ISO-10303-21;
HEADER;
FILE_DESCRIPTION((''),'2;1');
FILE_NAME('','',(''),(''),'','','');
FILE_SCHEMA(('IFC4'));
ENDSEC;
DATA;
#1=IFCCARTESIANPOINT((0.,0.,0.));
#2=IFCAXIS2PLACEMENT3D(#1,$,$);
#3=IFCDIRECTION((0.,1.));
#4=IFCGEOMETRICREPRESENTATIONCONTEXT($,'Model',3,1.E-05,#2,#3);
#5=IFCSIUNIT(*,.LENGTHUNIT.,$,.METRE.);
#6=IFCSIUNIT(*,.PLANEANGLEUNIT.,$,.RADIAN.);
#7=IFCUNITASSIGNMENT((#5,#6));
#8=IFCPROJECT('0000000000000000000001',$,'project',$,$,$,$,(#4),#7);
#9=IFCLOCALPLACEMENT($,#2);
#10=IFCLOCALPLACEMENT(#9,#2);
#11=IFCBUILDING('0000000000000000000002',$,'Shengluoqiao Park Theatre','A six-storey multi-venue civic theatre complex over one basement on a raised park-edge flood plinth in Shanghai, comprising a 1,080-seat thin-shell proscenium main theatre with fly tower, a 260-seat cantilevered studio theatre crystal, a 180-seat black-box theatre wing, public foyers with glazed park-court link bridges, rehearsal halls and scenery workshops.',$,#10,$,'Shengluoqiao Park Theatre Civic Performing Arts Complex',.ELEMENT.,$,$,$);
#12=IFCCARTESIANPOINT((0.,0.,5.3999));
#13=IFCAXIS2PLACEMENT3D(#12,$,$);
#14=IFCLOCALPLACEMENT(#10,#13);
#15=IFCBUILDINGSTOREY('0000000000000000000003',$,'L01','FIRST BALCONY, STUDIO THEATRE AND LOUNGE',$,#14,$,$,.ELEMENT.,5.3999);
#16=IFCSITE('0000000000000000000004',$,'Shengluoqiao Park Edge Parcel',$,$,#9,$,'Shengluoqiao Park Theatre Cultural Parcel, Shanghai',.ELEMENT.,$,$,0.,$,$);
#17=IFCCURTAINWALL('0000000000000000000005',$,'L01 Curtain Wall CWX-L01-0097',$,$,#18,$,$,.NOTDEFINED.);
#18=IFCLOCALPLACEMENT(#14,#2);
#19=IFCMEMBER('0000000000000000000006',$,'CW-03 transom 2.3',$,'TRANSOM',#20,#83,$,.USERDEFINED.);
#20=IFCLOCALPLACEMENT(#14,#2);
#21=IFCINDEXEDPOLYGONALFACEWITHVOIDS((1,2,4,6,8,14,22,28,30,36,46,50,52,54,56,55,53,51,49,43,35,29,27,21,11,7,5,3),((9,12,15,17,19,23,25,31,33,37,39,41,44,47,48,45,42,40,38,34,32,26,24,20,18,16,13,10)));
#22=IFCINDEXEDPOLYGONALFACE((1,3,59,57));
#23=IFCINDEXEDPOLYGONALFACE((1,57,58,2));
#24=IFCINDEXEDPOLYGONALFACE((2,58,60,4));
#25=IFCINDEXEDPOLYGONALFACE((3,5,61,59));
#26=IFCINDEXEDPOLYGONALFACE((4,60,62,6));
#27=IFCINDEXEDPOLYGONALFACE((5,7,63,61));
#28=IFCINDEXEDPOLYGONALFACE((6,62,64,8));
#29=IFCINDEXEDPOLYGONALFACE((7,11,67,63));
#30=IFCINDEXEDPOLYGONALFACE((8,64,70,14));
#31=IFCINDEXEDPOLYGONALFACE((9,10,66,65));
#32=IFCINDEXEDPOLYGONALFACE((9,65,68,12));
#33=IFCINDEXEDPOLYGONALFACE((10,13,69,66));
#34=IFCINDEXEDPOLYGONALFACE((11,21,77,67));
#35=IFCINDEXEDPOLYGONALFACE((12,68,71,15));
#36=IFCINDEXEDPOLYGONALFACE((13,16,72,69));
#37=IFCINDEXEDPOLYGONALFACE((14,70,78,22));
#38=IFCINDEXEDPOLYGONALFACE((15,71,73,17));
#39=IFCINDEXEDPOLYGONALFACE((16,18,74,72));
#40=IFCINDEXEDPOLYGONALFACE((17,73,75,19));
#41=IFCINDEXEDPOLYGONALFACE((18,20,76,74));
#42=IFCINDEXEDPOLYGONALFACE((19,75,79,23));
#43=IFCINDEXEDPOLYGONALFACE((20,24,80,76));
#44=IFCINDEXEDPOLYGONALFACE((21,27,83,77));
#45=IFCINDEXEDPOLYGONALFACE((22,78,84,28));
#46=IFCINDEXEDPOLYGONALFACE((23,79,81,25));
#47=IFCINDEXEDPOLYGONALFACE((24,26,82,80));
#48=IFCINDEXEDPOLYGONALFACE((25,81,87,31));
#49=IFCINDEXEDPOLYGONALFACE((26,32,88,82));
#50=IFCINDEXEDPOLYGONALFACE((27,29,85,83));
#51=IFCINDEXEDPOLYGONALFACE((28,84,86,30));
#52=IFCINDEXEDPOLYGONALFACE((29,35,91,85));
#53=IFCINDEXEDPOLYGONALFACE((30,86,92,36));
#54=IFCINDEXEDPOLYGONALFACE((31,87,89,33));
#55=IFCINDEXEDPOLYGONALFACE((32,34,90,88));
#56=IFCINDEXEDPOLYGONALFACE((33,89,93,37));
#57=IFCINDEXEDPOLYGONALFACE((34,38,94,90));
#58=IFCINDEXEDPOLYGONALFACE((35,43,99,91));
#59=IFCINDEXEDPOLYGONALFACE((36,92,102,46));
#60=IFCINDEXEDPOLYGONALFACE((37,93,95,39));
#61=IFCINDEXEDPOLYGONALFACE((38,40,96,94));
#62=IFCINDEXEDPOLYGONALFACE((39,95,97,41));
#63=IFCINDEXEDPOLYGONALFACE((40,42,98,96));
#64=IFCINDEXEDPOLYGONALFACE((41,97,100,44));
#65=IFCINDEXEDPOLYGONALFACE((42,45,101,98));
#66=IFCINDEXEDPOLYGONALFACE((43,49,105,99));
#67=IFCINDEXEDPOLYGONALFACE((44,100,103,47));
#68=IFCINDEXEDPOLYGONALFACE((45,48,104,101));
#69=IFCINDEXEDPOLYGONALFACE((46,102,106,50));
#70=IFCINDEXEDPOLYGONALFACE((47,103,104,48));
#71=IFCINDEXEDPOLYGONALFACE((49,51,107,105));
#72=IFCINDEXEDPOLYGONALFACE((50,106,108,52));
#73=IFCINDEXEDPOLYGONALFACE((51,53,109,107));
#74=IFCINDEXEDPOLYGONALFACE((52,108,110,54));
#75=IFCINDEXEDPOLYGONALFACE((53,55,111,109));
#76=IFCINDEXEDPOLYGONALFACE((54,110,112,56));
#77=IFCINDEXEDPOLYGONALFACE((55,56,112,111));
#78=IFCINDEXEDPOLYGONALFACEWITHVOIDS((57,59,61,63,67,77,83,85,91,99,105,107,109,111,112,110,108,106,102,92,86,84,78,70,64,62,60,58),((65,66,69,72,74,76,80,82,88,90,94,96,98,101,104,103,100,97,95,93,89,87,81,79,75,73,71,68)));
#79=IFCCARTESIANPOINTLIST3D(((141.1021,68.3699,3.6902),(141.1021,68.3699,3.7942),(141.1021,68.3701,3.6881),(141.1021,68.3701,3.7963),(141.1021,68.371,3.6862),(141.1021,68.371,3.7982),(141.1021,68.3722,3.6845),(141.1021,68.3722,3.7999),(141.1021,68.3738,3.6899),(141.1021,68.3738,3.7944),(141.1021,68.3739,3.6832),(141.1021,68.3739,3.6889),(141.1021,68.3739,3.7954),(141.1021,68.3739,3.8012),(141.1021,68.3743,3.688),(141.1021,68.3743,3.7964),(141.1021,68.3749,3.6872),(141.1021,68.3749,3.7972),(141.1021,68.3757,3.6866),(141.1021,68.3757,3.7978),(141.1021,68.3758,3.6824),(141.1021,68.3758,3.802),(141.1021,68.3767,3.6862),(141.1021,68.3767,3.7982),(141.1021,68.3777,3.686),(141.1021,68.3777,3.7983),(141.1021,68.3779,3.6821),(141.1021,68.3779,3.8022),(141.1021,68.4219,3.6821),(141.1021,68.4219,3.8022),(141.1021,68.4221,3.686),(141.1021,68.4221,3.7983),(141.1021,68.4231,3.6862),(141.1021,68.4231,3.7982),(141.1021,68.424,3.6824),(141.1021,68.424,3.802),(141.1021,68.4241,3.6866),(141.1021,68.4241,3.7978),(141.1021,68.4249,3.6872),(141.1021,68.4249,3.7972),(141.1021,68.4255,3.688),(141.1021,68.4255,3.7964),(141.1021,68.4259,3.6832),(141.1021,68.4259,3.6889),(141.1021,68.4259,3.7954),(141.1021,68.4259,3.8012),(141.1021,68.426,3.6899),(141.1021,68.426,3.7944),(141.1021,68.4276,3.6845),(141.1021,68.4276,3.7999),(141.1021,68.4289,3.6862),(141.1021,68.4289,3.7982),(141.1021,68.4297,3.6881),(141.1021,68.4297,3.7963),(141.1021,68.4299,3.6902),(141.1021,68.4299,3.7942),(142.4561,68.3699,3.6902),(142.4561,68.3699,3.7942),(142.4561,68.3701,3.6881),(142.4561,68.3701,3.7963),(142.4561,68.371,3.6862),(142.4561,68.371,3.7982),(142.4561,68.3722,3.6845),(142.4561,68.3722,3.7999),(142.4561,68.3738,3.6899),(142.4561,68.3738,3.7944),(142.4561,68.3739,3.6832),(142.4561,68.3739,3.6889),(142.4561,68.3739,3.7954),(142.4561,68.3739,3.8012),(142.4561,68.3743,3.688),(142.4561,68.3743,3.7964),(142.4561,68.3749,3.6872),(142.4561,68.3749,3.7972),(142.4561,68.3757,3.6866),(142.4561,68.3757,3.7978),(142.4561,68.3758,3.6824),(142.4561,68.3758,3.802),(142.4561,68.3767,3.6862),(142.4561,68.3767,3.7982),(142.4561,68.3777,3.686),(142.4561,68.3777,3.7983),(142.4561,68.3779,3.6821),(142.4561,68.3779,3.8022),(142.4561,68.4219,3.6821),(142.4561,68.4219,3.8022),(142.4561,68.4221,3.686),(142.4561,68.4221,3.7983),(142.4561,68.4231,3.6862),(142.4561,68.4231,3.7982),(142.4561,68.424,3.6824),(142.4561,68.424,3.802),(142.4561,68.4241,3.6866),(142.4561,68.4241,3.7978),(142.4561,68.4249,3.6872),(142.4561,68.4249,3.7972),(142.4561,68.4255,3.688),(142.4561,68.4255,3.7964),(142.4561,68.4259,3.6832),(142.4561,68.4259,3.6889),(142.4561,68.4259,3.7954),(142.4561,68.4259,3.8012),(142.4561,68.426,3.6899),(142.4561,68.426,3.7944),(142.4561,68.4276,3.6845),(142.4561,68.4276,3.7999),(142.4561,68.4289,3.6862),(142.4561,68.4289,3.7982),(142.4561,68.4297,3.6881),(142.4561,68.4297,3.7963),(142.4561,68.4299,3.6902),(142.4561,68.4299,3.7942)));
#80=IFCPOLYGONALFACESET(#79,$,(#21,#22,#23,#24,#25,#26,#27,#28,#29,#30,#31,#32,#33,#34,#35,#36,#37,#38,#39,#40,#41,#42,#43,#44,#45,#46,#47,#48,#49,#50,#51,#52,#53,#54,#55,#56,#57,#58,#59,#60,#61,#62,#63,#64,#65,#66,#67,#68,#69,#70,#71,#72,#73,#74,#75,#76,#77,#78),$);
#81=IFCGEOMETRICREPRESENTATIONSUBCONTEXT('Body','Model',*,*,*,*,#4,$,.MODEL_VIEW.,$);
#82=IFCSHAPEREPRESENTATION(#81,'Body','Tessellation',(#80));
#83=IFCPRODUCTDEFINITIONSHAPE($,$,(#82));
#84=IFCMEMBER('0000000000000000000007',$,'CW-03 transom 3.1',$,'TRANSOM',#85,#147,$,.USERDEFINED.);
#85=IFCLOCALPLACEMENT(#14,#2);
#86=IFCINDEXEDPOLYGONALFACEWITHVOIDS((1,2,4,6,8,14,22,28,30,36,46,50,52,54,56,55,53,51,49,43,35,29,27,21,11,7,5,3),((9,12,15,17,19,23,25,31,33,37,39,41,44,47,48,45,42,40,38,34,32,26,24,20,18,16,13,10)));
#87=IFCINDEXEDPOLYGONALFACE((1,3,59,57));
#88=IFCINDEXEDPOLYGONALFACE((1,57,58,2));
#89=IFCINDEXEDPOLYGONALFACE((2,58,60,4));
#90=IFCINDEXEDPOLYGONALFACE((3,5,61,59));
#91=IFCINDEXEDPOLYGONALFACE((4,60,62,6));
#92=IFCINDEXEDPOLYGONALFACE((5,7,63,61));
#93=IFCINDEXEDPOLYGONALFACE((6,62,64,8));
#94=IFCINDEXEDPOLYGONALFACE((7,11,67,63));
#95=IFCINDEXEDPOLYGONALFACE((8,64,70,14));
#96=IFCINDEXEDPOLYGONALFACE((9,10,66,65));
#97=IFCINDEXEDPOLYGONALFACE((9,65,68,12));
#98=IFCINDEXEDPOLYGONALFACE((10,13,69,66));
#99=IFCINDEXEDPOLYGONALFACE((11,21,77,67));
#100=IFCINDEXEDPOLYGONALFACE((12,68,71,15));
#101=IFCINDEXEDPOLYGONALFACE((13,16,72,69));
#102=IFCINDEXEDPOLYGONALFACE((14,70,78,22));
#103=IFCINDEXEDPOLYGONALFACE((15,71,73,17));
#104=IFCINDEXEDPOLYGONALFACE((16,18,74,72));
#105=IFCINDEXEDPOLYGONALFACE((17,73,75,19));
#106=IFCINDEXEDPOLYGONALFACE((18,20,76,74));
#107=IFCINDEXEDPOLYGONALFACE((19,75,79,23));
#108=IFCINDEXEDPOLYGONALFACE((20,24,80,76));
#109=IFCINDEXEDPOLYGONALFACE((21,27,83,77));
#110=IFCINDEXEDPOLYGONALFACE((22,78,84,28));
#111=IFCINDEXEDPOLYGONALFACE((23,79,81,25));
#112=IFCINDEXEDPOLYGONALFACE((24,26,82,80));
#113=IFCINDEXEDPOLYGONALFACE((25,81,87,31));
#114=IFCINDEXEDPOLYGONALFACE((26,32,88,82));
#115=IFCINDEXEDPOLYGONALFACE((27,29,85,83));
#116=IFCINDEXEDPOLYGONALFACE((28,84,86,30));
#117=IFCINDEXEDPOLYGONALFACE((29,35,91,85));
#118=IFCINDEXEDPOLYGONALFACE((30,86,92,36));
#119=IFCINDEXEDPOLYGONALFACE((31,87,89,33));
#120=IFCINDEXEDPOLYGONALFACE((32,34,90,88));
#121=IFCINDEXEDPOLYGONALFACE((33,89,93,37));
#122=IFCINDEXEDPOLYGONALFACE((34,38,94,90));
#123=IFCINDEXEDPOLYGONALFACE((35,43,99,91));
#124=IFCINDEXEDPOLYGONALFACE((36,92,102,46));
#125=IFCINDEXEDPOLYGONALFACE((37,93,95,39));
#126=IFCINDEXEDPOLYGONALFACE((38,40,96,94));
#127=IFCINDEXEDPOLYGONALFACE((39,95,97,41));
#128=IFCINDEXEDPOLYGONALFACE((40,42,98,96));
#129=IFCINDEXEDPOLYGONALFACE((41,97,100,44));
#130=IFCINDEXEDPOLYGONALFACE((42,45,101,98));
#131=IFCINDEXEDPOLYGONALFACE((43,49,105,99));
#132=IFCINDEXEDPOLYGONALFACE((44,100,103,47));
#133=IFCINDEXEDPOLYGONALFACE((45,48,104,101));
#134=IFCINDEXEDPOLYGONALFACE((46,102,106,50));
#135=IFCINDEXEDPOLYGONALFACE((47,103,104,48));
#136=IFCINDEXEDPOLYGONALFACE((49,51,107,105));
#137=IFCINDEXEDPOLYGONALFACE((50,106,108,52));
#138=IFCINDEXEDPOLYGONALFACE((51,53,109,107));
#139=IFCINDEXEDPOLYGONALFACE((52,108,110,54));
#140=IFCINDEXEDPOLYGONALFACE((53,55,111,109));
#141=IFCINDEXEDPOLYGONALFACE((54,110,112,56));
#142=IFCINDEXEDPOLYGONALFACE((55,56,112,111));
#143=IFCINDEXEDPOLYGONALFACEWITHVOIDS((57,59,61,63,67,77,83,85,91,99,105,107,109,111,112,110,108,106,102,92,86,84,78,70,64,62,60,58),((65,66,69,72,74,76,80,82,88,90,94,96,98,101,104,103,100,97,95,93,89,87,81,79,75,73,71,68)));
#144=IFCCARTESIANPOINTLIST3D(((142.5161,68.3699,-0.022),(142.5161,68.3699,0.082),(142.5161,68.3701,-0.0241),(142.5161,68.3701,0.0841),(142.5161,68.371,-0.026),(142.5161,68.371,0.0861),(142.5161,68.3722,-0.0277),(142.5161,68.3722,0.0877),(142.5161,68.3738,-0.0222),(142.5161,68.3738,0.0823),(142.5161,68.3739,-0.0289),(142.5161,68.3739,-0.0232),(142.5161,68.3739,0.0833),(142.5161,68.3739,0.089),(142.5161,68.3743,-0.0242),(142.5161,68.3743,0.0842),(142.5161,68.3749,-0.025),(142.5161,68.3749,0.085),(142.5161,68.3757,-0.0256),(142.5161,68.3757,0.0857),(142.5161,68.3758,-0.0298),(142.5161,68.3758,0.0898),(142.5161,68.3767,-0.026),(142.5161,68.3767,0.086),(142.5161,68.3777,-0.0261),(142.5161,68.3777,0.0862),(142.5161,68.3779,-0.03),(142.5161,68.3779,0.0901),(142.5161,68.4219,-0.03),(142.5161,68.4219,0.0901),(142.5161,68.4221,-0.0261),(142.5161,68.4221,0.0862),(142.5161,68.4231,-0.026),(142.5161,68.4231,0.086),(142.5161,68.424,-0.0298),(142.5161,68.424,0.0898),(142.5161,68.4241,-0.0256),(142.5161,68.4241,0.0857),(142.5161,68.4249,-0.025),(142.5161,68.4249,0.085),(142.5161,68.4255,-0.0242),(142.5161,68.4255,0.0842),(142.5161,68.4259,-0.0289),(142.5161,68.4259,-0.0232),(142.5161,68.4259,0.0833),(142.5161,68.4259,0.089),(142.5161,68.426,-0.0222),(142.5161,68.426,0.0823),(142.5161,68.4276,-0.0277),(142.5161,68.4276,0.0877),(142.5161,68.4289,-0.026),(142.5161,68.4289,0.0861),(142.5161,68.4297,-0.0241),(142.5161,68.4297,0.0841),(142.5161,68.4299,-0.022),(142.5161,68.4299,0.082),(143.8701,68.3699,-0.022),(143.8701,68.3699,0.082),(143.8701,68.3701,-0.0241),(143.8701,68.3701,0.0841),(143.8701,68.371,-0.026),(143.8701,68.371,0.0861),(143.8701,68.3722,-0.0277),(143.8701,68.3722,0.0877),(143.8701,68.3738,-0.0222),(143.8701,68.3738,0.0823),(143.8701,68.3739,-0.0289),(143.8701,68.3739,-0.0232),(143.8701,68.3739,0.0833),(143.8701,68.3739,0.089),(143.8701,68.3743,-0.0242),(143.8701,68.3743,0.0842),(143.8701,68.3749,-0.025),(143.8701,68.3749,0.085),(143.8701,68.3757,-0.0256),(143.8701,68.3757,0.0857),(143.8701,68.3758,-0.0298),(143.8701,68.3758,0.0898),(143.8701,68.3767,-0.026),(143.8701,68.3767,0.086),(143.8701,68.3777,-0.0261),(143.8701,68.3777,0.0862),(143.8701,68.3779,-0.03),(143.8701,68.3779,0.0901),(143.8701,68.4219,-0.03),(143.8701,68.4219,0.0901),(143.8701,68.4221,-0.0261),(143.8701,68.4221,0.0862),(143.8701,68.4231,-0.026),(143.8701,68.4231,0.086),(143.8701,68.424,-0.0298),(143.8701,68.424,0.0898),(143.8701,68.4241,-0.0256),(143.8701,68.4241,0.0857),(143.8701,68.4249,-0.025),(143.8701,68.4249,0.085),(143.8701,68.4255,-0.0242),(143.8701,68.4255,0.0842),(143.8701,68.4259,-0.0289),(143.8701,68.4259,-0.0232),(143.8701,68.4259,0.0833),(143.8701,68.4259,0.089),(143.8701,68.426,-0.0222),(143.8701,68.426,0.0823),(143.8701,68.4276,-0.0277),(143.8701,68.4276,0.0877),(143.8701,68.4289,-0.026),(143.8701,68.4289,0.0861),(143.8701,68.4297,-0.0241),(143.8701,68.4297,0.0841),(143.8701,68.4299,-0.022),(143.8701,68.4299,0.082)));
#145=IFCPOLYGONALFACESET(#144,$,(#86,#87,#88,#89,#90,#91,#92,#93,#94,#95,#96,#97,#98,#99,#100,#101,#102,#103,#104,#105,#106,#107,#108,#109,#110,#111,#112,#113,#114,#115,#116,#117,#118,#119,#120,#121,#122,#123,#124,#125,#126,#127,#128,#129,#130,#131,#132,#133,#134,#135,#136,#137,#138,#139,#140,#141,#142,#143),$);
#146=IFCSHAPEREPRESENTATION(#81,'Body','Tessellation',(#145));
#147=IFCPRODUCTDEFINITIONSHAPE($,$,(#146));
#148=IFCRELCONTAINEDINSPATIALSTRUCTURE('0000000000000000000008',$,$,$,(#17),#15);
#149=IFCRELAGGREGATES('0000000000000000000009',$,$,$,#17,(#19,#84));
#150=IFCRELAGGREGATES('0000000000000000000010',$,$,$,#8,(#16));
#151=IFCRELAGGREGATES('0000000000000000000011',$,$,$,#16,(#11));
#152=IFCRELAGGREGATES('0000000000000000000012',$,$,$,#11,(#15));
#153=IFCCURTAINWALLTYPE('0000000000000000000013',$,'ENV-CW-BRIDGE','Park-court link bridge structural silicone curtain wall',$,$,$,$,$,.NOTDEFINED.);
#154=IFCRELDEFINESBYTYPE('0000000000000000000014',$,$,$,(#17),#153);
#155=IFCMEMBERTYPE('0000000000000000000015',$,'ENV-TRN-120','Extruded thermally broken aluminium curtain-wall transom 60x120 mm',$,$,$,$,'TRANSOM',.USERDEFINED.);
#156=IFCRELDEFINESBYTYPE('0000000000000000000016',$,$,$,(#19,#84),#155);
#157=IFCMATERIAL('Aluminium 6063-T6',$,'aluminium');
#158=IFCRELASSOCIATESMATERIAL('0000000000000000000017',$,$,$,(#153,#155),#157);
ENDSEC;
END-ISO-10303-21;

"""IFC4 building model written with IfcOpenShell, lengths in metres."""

from ifc_helpers import new_model, si_unit, direction, frame, origin, origin_2d, place, context, subcontext, project, spatial, hollow_rectangle, extrude, material, material_profile, profile_set, type_object, element, aggregate, save


model = new_model("IFC4")

# Units and contexts
model_context = context("Model", 3, precision=1e-05, world=origin(), true_north=direction((0.0, 1.0)))
body_context = subcontext(model_context, "Body", "Model", "MODEL_VIEW")
ifc_project = project(units=[si_unit("LENGTHUNIT", "METRE"), si_unit("PLANEANGLEUNIT", "RADIAN")], contexts=[model_context])

# Site, building, storey
site_placement = place(None, origin())
site = spatial("IfcSite", under=ifc_project, at=site_placement, Name="Shengluoqiao Park Edge Parcel", LongName="Shengluoqiao Park Theatre Cultural Parcel, Shanghai", CompositionType="ELEMENT", RefElevation=0.0)
building_placement = place(site_placement, origin())
building = spatial("IfcBuilding", under=site, at=building_placement, Name="Shengluoqiao Park Theatre", Description="A six-storey multi-venue civic theatre complex over one basement on a raised park-edge flood plinth in Shanghai, comprising a 1,080-seat thin-shell proscenium main theatre with fly tower, a 260-seat cantilevered studio theatre crystal, a 180-seat black-box theatre wing, public foyers with glazed park-court link bridges, rehearsal halls and scenery workshops.", LongName="Shengluoqiao Park Theatre Civic Performing Arts Complex", CompositionType="ELEMENT")
storey_placement = place(building_placement, frame((0.0, 0.0, 5.3999)))
storey = spatial("IfcBuildingStorey", under=building, at=storey_placement, Name="L01", Description="FIRST BALCONY, STUDIO THEATRE AND LOUNGE", CompositionType="ELEMENT", Elevation=5.3999)

# Curtain wall, members
ifc_material_1 = material(Name="Aluminium 6063-T6", Category="aluminium")
curtain_wall_type = type_object("IfcCurtainWallType", Name="ENV-CW-BRIDGE", Description="Park-court link bridge structural silicone curtain wall", PredefinedType="NOTDEFINED", material=ifc_material_1)
curtain_wall_placement = place(storey_placement, origin())
curtain_wall = element("IfcCurtainWall", 1, at=curtain_wall_placement, inside=storey, type_object=curtain_wall_type, Name="L01 Curtain Wall CWX-L01-0097", PredefinedType="NOTDEFINED")
ifc_material_profile_1 = material_profile(ifc_material_1, hollow_rectangle(XDim=0.0601, YDim=0.1201, WallThickness=0.0039, InnerFilletRadius=0.0039, OuterFilletRadius=0.0081, at=origin_2d()), Name="ALU TRANSOM 120x60x4")
ifc_profile_set_1 = profile_set([ifc_material_profile_1], Name="Aluminium 6063-T6")
member_type_1 = type_object("IfcMemberType", Name="ENV-TRN-120", Description="Extruded thermally broken aluminium curtain-wall transom 60x120 mm", ElementType="TRANSOM", PredefinedType="USERDEFINED", material=ifc_profile_set_1)
member_1_placement = place(storey_placement, frame((141.1021, 68.3999, 3.7422), z_axis=(1.0, 0.0, 0.0), x_axis=(0.0, 1.0, 0.0)))
member_1 = element("IfcMember", 2, at=member_1_placement, type_object=member_type_1, Name="CW-03 transom 2.3", ObjectType="TRANSOM", PredefinedType="USERDEFINED", context=body_context, shape_type="SweptSolid", body=[
    extrude(hollow_rectangle(XDim=0.0601, YDim=0.1201, WallThickness=0.0039, InnerFilletRadius=0.0039, OuterFilletRadius=0.0081, at=origin_2d()), origin(), (0.0, 0.0, 1.0), 1.354),
])
member_2_placement = place(storey_placement, frame((142.5161, 68.3999, 0.03), z_axis=(1.0, 0.0, 0.0), x_axis=(0.0, 1.0, 0.0)))
member_2 = element("IfcMember", 3, at=member_2_placement, type_object=member_type_1, Name="CW-03 transom 3.1", ObjectType="TRANSOM", PredefinedType="USERDEFINED", context=body_context, shape_type="SweptSolid", body=[
    extrude(hollow_rectangle(XDim=0.0601, YDim=0.1201, WallThickness=0.0039, InnerFilletRadius=0.0039, OuterFilletRadius=0.0081, at=origin_2d()), origin(), (0.0, 0.0, 1.0), 1.354),
])
aggregate(curtain_wall, [member_1, member_2])

save(model, "model.ifc")
